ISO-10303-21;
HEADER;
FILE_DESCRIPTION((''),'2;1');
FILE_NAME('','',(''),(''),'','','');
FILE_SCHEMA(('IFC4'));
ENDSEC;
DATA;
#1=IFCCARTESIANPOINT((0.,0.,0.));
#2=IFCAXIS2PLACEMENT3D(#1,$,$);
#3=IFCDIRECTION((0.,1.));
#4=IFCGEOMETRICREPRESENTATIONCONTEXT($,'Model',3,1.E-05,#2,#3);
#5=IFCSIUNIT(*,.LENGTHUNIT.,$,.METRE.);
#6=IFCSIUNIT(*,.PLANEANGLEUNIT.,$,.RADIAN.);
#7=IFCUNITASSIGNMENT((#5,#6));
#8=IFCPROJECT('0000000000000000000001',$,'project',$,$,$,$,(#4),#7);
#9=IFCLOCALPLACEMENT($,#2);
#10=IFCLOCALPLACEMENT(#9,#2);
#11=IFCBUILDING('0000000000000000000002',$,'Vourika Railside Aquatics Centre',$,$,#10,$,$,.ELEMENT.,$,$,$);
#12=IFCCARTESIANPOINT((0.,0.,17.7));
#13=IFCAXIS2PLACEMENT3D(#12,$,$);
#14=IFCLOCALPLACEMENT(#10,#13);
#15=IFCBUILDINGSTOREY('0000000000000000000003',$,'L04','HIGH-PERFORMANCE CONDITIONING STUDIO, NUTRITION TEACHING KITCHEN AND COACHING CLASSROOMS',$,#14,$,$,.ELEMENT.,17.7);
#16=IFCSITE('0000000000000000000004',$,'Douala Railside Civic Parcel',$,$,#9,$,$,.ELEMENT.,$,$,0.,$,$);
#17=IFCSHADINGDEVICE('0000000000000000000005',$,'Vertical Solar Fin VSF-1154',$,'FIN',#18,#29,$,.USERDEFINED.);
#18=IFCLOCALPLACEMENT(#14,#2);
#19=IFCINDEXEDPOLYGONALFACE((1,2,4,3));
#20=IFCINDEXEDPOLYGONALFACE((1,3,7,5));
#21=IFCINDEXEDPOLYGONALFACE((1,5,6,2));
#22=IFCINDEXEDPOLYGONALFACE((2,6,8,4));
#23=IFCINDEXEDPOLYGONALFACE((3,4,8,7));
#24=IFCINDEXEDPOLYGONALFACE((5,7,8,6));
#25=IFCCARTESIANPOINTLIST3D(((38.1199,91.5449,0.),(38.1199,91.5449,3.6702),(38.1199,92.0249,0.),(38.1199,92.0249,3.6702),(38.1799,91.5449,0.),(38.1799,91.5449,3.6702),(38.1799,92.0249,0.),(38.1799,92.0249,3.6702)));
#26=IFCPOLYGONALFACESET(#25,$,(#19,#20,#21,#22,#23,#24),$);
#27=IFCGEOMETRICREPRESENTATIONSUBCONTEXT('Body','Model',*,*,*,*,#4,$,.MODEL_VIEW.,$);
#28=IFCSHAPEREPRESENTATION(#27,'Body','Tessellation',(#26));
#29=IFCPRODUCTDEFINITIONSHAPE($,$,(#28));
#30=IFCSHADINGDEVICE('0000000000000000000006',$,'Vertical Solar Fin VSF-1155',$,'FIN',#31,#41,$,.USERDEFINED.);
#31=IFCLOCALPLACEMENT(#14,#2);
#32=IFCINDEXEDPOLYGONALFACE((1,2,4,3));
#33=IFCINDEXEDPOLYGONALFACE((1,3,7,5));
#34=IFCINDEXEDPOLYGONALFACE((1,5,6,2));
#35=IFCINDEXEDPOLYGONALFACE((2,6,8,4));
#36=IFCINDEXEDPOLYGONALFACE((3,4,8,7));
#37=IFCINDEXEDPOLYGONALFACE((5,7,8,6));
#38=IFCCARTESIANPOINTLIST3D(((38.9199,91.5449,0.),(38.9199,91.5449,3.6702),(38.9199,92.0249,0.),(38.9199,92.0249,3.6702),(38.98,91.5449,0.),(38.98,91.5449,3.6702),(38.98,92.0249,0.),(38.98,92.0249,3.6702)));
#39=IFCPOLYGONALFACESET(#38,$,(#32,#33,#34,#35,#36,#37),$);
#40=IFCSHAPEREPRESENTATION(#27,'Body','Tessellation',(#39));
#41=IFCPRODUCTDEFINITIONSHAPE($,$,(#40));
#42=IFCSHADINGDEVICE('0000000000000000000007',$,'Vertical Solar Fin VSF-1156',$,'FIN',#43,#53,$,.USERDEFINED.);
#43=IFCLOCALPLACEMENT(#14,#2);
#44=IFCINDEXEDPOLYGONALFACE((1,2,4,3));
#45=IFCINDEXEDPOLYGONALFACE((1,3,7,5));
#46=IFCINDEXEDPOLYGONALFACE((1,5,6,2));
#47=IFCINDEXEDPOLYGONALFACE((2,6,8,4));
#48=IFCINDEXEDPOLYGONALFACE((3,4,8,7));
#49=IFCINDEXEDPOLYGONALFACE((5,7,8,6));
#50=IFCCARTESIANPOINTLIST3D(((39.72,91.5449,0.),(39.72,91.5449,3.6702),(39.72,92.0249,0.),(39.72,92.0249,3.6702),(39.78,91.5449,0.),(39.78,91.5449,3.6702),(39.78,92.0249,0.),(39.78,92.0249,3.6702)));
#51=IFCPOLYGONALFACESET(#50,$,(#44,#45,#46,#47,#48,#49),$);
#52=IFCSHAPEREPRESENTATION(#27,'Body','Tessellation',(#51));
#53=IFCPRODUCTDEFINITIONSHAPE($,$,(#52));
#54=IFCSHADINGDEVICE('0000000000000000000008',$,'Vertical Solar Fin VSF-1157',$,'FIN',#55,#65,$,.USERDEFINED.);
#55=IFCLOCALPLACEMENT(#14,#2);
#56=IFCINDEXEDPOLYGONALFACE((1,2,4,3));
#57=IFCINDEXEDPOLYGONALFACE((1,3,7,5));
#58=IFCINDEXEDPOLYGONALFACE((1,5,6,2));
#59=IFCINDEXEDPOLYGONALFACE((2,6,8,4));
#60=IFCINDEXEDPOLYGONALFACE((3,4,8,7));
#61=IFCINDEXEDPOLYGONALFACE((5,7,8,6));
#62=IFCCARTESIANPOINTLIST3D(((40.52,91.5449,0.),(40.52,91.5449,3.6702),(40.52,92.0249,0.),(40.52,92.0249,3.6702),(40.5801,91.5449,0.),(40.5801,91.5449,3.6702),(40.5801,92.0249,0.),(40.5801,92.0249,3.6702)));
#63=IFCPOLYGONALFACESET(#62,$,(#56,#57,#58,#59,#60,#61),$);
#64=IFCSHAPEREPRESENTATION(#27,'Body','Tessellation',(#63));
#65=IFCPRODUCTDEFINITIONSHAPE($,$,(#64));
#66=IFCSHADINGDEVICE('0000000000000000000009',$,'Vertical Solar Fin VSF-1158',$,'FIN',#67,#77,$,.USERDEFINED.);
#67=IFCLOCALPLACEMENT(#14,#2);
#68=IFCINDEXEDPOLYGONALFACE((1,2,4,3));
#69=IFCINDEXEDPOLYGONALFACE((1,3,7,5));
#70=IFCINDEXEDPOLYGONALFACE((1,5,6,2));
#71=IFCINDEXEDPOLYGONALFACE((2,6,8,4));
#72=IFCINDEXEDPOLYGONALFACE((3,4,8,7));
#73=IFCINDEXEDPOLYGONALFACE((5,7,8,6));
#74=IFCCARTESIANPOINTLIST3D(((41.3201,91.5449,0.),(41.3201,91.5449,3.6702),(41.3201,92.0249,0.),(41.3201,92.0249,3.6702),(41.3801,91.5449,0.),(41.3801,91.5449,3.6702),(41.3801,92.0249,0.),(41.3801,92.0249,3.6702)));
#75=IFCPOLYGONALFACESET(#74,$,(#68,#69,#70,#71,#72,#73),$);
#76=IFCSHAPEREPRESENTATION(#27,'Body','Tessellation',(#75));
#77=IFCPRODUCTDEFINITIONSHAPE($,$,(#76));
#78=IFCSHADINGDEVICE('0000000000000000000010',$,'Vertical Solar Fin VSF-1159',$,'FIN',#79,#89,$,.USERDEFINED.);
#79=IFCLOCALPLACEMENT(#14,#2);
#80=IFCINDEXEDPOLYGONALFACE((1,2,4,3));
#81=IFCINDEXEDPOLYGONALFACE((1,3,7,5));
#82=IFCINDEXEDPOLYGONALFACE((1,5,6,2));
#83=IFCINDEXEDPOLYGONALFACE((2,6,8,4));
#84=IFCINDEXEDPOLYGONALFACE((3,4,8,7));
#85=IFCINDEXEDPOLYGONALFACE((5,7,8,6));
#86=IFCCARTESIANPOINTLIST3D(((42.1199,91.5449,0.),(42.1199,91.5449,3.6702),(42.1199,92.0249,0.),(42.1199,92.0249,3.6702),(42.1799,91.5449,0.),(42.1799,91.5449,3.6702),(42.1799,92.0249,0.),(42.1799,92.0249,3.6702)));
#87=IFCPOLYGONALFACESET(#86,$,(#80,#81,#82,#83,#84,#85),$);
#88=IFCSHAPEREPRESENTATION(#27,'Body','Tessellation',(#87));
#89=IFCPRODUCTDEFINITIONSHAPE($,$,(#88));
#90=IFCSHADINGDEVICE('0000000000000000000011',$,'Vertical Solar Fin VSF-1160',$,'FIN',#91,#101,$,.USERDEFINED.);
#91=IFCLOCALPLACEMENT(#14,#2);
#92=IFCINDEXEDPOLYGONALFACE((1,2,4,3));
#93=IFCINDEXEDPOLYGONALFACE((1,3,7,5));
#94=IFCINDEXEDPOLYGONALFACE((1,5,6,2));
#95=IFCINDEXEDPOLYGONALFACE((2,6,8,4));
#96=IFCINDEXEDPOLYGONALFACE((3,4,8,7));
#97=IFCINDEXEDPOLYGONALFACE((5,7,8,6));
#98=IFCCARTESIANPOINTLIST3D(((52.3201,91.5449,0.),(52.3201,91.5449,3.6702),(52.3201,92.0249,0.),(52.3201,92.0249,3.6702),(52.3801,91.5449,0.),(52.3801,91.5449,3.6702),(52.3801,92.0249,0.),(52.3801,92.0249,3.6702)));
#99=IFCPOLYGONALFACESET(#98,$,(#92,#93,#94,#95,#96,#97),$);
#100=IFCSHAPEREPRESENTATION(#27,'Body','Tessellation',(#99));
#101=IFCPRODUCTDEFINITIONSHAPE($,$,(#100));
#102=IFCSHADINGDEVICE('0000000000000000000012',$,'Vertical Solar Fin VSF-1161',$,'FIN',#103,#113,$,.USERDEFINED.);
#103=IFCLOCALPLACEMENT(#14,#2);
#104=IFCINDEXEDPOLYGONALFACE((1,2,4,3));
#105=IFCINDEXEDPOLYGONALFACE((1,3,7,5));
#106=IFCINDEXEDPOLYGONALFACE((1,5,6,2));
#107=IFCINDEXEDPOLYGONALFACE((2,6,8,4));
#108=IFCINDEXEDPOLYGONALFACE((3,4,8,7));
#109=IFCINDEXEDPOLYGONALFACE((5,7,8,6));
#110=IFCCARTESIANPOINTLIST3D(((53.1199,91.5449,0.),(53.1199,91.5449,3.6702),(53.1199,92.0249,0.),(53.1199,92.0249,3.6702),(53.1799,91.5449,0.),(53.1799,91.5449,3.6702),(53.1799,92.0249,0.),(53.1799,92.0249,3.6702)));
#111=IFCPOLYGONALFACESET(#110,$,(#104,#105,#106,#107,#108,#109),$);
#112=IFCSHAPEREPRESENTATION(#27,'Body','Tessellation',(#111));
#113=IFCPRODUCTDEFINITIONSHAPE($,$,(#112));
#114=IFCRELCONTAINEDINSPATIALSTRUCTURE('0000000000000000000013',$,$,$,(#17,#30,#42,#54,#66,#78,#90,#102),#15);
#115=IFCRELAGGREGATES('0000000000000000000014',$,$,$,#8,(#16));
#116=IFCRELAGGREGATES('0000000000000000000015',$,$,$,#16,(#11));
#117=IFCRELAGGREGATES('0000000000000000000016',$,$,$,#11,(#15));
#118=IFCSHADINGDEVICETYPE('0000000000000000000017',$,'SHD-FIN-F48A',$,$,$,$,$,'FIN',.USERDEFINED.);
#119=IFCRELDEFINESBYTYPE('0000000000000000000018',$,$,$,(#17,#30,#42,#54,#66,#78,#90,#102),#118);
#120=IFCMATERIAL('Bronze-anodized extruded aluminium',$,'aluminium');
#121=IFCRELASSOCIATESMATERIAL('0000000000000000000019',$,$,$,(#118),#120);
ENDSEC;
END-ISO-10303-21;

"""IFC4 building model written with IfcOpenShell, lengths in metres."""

from ifc_helpers import new_model, si_unit, direction, frame, origin, origin_2d, place, context, subcontext, project, spatial, rectangle, extrude, material, material_profile, profile_set, type_object, element, save


model = new_model("IFC4")

# Units and contexts
model_context = context("Model", 3, precision=1e-05, world=origin(), true_north=direction((0.0, 1.0)))
body_context = subcontext(model_context, "Body", "Model", "MODEL_VIEW")
ifc_project = project(units=[si_unit("LENGTHUNIT", "METRE"), si_unit("PLANEANGLEUNIT", "RADIAN")], contexts=[model_context])

# Site, building, storey
site_placement = place(None, origin())
site = spatial("IfcSite", under=ifc_project, at=site_placement, Name="Douala Railside Civic Parcel", CompositionType="ELEMENT", RefElevation=0.0)
building_placement = place(site_placement, origin())
building = spatial("IfcBuilding", under=site, at=building_placement, Name="Vourika Railside Aquatics Centre", CompositionType="ELEMENT")
storey_placement = place(building_placement, frame((0.0, 0.0, 17.7)))
storey = spatial("IfcBuildingStorey", under=building, at=storey_placement, Name="L04", Description="HIGH-PERFORMANCE CONDITIONING STUDIO, NUTRITION TEACHING KITCHEN AND COACHING CLASSROOMS", CompositionType="ELEMENT", Elevation=17.7)

# Shading devices
ifc_material_1 = material(Name="Bronze-anodized extruded aluminium", Category="aluminium")
ifc_material_profile_1 = material_profile(ifc_material_1, rectangle(XDim=0.0601, YDim=0.48, at=origin_2d()), Name="ALU-FIN 60x480")
ifc_profile_set_1 = profile_set([ifc_material_profile_1], Name="Bronze-anodized extruded aluminium")
shading_device_type = type_object("IfcShadingDeviceType", Name="SHD-FIN-F48A", ElementType="FIN", PredefinedType="USERDEFINED", material=ifc_profile_set_1)
for number, where, z_axis, x_axis, name in (
    (1, (38.1499, 91.7849, 0.0), (0.0, 0.0, 1.0), (-1.0, 0.0, 0.0), "Vertical Solar Fin VSF-1154"),
    (2, (38.95, 91.7849, 0.0), (0.0, 0.0, 1.0), (-1.0, 0.0, 0.0), "Vertical Solar Fin VSF-1155"),
    (3, (39.75, 91.7849, 0.0), (0.0, 0.0, 1.0), (-1.0, 0.0, 0.0), "Vertical Solar Fin VSF-1156"),
    (4, (40.55, 91.7849, 0.0), (0.0, 0.0, 1.0), (-1.0, 0.0, 0.0), "Vertical Solar Fin VSF-1157"),
    (5, (41.3501, 91.7849, 0.0), (0.0, 0.0, 1.0), (-1.0, 0.0, 0.0), "Vertical Solar Fin VSF-1158"),
    (6, (42.1499, 91.7849, 0.0), (0.0, 0.0, 1.0), (-1.0, 0.0, 0.0), "Vertical Solar Fin VSF-1159"),
    (7, (52.3501, 91.7849, 0.0), (0.0, 0.0, 1.0), (-1.0, 0.0, 0.0), "Vertical Solar Fin VSF-1160"),
    (8, (53.1499, 91.7849, 0.0), (0.0, 0.0, 1.0), (-1.0, 0.0, 0.0), "Vertical Solar Fin VSF-1161"),
):
    element("IfcShadingDevice", number, at=place(storey_placement, frame(where, z_axis=z_axis, x_axis=x_axis)), inside=storey, type_object=shading_device_type, Name=name, ObjectType="FIN", PredefinedType="USERDEFINED", context=body_context, shape_type="SweptSolid", body=[
        extrude(rectangle(XDim=0.0601, YDim=0.48, at=origin_2d()), origin(), (0.0, 0.0, 1.0), 3.6702),
    ])

save(model, "model.ifc")
